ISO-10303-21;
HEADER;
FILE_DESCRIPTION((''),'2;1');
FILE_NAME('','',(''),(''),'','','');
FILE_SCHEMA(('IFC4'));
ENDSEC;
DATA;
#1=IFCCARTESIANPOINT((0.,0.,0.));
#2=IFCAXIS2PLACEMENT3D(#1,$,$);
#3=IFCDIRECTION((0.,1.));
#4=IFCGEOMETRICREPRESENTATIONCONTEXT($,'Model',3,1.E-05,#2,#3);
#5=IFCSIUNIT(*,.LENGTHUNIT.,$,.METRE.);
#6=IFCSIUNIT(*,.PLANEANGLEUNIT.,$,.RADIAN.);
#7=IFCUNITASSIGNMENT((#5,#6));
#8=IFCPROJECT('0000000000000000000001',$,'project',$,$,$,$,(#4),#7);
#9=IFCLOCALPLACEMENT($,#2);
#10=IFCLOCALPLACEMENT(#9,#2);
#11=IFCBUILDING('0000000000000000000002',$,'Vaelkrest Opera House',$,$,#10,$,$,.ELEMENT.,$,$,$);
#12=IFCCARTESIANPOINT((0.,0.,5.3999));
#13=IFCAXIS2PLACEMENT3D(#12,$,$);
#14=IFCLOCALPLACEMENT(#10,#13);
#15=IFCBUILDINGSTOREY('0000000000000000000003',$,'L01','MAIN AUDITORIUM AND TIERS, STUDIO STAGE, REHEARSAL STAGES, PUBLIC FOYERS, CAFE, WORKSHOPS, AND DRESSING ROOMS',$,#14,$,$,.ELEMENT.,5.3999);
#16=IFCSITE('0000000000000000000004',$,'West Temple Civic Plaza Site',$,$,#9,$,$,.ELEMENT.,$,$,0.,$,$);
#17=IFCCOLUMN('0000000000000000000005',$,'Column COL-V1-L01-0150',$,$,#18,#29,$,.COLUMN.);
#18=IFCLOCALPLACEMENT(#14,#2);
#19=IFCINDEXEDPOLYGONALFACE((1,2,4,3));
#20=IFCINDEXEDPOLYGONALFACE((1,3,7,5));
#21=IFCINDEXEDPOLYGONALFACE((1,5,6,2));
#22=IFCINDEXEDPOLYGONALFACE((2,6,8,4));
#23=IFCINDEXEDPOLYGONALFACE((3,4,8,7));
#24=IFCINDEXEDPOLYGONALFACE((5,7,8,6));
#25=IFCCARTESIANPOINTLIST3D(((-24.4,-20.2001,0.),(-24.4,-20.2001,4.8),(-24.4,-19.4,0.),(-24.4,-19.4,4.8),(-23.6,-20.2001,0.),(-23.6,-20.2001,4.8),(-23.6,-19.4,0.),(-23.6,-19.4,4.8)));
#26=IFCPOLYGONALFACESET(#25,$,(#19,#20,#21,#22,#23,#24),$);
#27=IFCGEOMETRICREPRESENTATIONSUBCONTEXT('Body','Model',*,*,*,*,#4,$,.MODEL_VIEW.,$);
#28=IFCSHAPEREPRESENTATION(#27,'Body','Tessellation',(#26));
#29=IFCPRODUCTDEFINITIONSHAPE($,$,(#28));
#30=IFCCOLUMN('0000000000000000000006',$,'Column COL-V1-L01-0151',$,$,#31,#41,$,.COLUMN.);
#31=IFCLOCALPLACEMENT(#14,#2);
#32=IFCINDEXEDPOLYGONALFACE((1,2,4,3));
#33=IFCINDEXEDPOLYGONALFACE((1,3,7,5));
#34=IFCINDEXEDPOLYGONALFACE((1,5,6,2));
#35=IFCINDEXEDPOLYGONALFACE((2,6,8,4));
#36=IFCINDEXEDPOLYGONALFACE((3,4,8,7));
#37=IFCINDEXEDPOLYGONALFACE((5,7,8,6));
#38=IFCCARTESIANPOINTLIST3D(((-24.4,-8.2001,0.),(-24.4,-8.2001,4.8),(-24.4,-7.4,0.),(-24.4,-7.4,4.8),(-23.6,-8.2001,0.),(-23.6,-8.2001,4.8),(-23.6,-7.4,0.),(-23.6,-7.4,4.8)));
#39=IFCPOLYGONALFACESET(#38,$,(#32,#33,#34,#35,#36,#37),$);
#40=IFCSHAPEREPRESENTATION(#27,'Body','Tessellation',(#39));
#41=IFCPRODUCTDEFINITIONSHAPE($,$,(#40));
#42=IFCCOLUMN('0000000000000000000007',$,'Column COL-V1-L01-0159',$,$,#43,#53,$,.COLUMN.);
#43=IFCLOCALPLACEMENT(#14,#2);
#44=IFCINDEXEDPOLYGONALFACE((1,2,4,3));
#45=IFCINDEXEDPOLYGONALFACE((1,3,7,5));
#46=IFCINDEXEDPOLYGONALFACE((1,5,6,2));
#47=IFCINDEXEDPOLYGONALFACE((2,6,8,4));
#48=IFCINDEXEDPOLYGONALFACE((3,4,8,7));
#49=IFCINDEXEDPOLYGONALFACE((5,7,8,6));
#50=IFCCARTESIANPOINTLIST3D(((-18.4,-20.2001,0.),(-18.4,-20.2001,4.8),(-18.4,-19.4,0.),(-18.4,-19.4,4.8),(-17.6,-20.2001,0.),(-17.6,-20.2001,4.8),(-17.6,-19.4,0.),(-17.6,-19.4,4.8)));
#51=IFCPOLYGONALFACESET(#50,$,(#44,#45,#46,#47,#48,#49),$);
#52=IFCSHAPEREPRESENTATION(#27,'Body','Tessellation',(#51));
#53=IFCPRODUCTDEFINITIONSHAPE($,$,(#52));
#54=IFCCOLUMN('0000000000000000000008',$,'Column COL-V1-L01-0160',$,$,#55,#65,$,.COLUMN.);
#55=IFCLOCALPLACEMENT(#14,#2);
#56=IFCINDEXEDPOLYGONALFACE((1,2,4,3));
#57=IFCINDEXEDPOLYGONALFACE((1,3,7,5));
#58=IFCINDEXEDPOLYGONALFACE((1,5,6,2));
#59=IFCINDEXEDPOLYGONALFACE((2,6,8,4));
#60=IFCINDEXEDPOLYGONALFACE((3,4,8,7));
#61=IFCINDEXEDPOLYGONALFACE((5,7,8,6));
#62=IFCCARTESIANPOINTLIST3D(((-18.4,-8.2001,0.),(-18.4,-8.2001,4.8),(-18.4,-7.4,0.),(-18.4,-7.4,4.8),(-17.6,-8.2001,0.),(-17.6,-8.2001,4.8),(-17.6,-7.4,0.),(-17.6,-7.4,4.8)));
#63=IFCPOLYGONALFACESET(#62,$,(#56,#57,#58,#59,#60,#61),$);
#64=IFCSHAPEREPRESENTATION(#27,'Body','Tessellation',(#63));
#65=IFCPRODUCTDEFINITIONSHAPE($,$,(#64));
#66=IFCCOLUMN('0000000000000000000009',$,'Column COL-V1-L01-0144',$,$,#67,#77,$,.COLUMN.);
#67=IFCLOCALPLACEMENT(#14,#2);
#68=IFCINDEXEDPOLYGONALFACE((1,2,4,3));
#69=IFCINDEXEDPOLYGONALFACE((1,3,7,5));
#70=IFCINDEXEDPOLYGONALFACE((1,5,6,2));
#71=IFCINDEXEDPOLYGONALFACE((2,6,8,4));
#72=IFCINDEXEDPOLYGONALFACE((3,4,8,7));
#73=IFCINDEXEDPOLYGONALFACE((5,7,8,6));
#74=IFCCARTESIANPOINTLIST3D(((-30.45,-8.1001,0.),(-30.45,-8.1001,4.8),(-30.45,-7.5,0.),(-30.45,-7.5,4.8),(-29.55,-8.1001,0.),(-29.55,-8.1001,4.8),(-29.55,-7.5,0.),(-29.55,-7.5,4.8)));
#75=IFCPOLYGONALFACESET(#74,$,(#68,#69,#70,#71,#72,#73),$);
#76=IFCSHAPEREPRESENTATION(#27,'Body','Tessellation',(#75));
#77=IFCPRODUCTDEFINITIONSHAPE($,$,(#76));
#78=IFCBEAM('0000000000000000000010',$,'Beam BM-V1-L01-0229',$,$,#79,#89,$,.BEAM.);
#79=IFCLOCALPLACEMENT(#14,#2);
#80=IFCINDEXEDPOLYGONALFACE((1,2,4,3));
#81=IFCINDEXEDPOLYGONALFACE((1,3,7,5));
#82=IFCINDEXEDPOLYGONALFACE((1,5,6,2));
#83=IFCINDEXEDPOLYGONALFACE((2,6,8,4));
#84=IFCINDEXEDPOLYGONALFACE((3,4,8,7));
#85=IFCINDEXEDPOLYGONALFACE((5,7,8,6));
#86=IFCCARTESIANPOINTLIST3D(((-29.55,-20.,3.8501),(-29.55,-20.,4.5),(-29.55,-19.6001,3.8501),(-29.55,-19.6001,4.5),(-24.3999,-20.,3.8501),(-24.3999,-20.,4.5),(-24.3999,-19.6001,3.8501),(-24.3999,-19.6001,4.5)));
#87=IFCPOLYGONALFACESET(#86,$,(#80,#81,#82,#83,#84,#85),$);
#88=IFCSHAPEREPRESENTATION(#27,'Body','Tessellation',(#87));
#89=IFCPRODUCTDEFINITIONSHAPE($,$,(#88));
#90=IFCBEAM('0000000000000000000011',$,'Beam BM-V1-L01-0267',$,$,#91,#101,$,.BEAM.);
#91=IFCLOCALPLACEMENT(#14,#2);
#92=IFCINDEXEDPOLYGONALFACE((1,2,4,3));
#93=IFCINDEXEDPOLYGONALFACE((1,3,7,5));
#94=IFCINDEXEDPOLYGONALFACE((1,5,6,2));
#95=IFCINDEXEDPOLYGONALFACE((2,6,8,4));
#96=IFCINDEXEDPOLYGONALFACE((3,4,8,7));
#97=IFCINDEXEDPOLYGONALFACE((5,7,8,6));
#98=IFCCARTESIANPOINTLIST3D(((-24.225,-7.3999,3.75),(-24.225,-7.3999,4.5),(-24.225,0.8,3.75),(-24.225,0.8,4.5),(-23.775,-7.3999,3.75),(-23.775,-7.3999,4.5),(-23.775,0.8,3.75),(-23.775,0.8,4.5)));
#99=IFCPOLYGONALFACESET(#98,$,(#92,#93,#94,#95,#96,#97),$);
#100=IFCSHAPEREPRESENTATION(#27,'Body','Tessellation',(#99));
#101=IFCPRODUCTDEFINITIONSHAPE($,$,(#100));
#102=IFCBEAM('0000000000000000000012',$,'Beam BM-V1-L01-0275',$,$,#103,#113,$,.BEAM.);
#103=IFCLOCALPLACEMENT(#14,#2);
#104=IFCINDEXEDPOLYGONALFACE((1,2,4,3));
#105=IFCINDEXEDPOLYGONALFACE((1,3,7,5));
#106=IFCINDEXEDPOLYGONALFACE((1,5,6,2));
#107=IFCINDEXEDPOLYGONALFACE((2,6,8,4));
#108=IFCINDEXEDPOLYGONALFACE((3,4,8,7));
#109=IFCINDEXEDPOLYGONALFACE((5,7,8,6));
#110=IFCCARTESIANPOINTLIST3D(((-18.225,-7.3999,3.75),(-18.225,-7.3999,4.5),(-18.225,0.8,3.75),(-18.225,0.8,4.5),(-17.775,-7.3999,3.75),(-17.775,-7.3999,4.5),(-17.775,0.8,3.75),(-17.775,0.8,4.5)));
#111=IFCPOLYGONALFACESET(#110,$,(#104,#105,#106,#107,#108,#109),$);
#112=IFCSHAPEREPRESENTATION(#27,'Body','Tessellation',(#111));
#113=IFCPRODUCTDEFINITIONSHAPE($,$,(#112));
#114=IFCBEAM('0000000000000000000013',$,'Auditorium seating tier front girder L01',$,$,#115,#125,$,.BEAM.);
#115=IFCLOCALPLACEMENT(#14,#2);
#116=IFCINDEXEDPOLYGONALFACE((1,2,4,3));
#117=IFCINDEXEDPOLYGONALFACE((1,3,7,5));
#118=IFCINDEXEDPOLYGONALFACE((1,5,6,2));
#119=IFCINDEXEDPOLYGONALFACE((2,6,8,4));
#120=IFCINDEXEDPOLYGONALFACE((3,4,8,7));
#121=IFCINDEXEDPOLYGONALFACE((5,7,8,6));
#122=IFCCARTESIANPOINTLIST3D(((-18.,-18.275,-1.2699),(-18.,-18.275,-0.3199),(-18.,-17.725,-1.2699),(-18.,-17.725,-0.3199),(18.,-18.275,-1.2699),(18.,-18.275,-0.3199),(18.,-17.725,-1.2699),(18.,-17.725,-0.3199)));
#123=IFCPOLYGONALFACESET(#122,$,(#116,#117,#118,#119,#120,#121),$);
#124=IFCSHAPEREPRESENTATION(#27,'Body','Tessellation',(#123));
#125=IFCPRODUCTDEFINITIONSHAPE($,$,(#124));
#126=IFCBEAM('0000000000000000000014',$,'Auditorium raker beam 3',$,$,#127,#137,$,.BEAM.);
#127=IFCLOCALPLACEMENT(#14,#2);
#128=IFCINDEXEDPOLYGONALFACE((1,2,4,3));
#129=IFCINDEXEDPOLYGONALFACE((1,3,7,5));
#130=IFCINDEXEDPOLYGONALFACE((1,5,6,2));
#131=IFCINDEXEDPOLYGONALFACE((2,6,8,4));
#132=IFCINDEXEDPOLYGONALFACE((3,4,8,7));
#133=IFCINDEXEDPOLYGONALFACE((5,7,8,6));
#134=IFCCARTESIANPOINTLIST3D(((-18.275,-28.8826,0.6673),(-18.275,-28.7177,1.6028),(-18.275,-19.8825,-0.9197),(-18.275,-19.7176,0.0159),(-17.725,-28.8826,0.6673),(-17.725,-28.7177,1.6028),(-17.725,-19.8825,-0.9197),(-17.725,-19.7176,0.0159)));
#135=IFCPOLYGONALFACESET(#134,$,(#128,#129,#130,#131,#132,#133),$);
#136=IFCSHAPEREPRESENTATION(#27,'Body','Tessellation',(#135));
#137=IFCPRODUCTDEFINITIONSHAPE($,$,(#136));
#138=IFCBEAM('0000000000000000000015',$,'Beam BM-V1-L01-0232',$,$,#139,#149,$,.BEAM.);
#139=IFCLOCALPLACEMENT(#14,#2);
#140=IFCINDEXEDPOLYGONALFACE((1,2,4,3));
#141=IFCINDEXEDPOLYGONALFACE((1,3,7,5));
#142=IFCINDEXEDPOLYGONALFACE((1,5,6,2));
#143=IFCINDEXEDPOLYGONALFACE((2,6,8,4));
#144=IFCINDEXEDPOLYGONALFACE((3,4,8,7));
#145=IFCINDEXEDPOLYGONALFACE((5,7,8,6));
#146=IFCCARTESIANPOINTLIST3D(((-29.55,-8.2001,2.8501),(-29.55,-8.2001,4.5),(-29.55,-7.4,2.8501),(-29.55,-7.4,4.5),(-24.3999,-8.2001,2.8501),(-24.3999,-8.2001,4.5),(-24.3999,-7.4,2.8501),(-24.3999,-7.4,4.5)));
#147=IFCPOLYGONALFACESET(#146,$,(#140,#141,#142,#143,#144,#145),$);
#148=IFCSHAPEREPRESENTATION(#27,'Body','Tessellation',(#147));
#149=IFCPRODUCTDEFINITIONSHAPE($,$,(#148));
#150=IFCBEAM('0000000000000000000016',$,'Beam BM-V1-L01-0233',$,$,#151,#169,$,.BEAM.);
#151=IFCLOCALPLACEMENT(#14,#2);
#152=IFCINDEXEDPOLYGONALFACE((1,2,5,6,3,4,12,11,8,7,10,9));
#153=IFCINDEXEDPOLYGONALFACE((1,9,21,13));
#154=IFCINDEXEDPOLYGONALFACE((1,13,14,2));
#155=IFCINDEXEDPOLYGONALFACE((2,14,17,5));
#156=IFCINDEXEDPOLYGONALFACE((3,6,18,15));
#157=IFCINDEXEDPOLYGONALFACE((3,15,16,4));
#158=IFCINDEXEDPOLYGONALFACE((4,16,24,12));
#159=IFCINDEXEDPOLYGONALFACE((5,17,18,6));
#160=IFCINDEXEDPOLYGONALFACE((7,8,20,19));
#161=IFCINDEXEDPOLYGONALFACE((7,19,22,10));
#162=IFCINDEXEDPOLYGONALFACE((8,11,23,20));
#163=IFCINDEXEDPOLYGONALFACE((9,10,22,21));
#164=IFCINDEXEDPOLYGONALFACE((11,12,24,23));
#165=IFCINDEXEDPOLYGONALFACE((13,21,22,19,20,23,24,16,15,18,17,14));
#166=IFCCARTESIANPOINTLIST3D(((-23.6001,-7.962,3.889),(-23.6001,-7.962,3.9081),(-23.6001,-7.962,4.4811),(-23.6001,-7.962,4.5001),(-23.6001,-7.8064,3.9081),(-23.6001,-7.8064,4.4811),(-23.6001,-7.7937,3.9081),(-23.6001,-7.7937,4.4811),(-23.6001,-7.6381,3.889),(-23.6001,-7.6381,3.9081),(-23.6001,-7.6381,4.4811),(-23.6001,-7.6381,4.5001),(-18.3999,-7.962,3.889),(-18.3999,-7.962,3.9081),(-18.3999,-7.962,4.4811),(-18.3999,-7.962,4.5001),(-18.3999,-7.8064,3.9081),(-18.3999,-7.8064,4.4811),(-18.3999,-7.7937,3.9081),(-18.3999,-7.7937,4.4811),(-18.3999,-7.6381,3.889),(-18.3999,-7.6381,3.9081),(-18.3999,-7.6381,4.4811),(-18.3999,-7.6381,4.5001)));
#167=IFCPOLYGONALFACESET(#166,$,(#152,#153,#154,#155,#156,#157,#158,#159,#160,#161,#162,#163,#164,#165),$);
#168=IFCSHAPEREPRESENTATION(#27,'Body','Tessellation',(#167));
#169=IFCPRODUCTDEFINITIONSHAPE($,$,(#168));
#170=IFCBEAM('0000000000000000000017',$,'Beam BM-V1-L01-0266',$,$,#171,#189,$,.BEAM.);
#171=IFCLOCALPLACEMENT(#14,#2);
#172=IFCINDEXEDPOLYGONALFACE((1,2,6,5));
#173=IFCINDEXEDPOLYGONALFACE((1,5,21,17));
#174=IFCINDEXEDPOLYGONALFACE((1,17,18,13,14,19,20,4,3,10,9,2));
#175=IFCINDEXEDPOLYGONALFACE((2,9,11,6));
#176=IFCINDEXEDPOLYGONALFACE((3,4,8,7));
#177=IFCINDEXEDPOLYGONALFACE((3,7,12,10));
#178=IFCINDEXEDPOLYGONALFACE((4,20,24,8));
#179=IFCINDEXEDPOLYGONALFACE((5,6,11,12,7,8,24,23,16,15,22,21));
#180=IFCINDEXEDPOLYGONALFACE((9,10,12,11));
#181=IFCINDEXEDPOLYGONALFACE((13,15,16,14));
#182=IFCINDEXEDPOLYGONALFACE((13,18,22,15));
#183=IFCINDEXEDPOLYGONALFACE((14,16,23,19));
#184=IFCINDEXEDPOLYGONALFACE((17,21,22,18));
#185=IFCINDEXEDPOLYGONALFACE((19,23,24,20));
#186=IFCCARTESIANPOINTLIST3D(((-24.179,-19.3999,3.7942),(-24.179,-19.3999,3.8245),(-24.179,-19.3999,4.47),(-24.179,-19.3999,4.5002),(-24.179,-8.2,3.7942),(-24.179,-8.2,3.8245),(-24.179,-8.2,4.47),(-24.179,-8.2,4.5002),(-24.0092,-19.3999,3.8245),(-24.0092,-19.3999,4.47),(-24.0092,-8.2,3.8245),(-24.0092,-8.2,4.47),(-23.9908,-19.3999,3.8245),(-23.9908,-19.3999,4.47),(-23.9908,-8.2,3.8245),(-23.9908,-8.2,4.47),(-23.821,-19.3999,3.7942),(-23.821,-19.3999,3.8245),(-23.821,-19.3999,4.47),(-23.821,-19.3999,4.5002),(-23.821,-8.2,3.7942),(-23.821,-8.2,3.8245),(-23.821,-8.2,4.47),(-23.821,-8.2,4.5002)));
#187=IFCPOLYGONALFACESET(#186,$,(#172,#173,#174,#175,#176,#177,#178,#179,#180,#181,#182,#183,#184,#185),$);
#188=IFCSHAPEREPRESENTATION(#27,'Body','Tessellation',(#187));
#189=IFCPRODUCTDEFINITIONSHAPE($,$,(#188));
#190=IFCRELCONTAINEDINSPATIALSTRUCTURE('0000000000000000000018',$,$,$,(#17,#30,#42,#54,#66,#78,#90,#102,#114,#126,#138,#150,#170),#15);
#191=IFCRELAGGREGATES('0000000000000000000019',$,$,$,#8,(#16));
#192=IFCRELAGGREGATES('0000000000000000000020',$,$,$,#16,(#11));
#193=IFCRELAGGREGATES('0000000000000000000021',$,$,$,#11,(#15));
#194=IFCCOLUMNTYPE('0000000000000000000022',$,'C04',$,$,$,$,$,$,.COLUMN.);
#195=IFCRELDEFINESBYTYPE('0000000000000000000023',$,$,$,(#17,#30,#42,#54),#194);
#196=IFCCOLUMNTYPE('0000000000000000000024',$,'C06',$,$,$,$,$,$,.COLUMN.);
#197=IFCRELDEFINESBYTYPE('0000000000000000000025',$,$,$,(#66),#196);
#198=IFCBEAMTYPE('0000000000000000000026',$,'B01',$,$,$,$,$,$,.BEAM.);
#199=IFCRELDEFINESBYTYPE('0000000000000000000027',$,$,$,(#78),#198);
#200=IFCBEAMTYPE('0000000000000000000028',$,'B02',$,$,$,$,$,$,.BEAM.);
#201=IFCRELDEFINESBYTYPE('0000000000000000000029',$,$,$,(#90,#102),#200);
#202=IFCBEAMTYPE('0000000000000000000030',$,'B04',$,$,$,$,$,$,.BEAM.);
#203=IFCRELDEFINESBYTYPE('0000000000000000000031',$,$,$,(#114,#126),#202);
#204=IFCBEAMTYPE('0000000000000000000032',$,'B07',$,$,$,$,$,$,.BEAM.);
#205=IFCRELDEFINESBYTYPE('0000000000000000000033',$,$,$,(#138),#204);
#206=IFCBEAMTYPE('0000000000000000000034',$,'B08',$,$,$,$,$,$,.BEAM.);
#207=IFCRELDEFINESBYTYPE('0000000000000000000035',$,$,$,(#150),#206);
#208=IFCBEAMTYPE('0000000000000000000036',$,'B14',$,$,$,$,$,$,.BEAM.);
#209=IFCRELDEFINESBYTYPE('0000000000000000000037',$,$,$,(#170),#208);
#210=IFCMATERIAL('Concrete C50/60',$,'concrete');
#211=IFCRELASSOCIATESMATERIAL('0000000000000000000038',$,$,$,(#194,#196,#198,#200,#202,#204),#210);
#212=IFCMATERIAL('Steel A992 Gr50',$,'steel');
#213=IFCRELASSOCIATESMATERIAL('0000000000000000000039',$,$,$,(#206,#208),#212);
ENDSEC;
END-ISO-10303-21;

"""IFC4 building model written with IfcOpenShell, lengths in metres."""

from ifc_helpers import new_model, si_unit, direction, frame, origin, origin_2d, place, context, subcontext, project, spatial, rectangle, i_section, extrude, material, material_profile, profile_set, type_object, element, save


model = new_model("IFC4")

# Units and contexts
model_context = context("Model", 3, precision=1e-05, world=origin(), true_north=direction((0.0, 1.0)))
body_context = subcontext(model_context, "Body", "Model", "MODEL_VIEW")
ifc_project = project(units=[si_unit("LENGTHUNIT", "METRE"), si_unit("PLANEANGLEUNIT", "RADIAN")], contexts=[model_context])

# Site, building, storey
site_placement = place(None, origin())
site = spatial("IfcSite", under=ifc_project, at=site_placement, Name="West Temple Civic Plaza Site", CompositionType="ELEMENT", RefElevation=0.0)
building_placement = place(site_placement, origin())
building = spatial("IfcBuilding", under=site, at=building_placement, Name="Vaelkrest Opera House", CompositionType="ELEMENT")
storey_placement = place(building_placement, frame((0.0, 0.0, 5.3999)))
storey = spatial("IfcBuildingStorey", under=building, at=storey_placement, Name="L01", Description="MAIN AUDITORIUM AND TIERS, STUDIO STAGE, REHEARSAL STAGES, PUBLIC FOYERS, CAFE, WORKSHOPS, AND DRESSING ROOMS", CompositionType="ELEMENT", Elevation=5.3999)

# Columns
ifc_material_1 = material(Name="Concrete C50/60", Category="concrete")
ifc_material_profile_1 = material_profile(ifc_material_1, rectangle(XDim=0.8, YDim=0.8, at=origin_2d()), Name="RC800X800")
ifc_profile_set_1 = profile_set([ifc_material_profile_1], Name="Concrete C50/60")
column_type_1 = type_object("IfcColumnType", Name="C04", PredefinedType="COLUMN", material=ifc_profile_set_1)
for number, where, z_axis, x_axis, name in (
    (1, (-24.0, -19.8, 0.0), (0.0, 0.0, 1.0), (1.0, 0.0, 0.0), "Column COL-V1-L01-0150"),
    (2, (-24.0, -7.8, 0.0), (0.0, 0.0, 1.0), (1.0, 0.0, 0.0), "Column COL-V1-L01-0151"),
    (3, (-18.0, -19.8, 0.0), (0.0, 0.0, 1.0), (1.0, 0.0, 0.0), "Column COL-V1-L01-0159"),
    (4, (-18.0, -7.8, 0.0), (0.0, 0.0, 1.0), (1.0, 0.0, 0.0), "Column COL-V1-L01-0160"),
):
    element("IfcColumn", number, at=place(storey_placement, frame(where, z_axis=z_axis, x_axis=x_axis)), inside=storey, type_object=column_type_1, Name=name, PredefinedType="COLUMN", context=body_context, shape_type="SweptSolid", body=[
        extrude(rectangle(XDim=0.8, YDim=0.8, at=origin_2d()), origin(), (0.0, 0.0, 1.0), 4.8),
    ])
ifc_material_profile_2 = material_profile(ifc_material_1, rectangle(XDim=0.6001, YDim=0.8999, at=origin_2d()), Name="RC600X900")
ifc_profile_set_2 = profile_set([ifc_material_profile_2], Name="Concrete C50/60")
column_type_2 = type_object("IfcColumnType", Name="C06", PredefinedType="COLUMN", material=ifc_profile_set_2)
column_placement = place(storey_placement, frame((-30.0, -7.8, 0.0), z_axis=(0.0, 0.0, 1.0), x_axis=(0.0, 1.0, 0.0)))
element("IfcColumn", 5, at=column_placement, inside=storey, type_object=column_type_2, Name="Column COL-V1-L01-0144", PredefinedType="COLUMN", context=body_context, shape_type="SweptSolid", body=[
    extrude(rectangle(XDim=0.6001, YDim=0.8999, at=origin_2d()), origin(), (0.0, 0.0, 1.0), 4.8),
])

# Beams
ifc_material_profile_3 = material_profile(ifc_material_1, rectangle(XDim=0.3999, YDim=0.6499, at=origin_2d()), Name="RCB400X650")
ifc_profile_set_3 = profile_set([ifc_material_profile_3], Name="Concrete C50/60")
beam_type_1 = type_object("IfcBeamType", Name="B01", PredefinedType="BEAM", material=ifc_profile_set_3)
beam_1_placement = place(storey_placement, frame((-29.55, -19.8, 4.175), z_axis=(1.0, 0.0, 0.0), x_axis=(0.0, 1.0, 0.0)))
element("IfcBeam", 6, at=beam_1_placement, inside=storey, type_object=beam_type_1, Name="Beam BM-V1-L01-0229", PredefinedType="BEAM", context=body_context, shape_type="SweptSolid", body=[
    extrude(rectangle(XDim=0.3999, YDim=0.6499, at=origin_2d()), origin(), (0.0, 0.0, 1.0), 5.1501),
])
ifc_material_profile_4 = material_profile(ifc_material_1, rectangle(XDim=0.45, YDim=0.75, at=origin_2d()), Name="RCB450X750")
ifc_profile_set_4 = profile_set([ifc_material_profile_4], Name="Concrete C50/60")
beam_type_2 = type_object("IfcBeamType", Name="B02", PredefinedType="BEAM", material=ifc_profile_set_4)
for number, where, z_axis, x_axis, name in (
    (7, (-24.0, -7.3999, 4.125), (0.0, 1.0, 0.0), (-1.0, 0.0, 0.0), "Beam BM-V1-L01-0267"),
    (8, (-18.0, -7.3999, 4.125), (0.0, 1.0, 0.0), (-1.0, 0.0, 0.0), "Beam BM-V1-L01-0275"),
):
    element("IfcBeam", number, at=place(storey_placement, frame(where, z_axis=z_axis, x_axis=x_axis)), inside=storey, type_object=beam_type_2, Name=name, PredefinedType="BEAM", context=body_context, shape_type="SweptSolid", body=[
        extrude(rectangle(XDim=0.45, YDim=0.75, at=origin_2d()), origin(), (0.0, 0.0, 1.0), 8.2),
    ])
ifc_material_profile_5 = material_profile(ifc_material_1, rectangle(XDim=0.55, YDim=0.95, at=origin_2d()), Name="RCB550X950")
ifc_profile_set_5 = profile_set([ifc_material_profile_5], Name="Concrete C50/60")
beam_type_3 = type_object("IfcBeamType", Name="B04", PredefinedType="BEAM", material=ifc_profile_set_5)
beam_2_placement = place(storey_placement, frame((-18.0, -18.0, -0.7949), z_axis=(1.0, 0.0, 0.0), x_axis=(0.0, 1.0, 0.0)))
element("IfcBeam", 9, at=beam_2_placement, inside=storey, type_object=beam_type_3, Name="Auditorium seating tier front girder L01", PredefinedType="BEAM", context=body_context, shape_type="SweptSolid", body=[
    extrude(rectangle(XDim=0.55, YDim=0.95, at=origin_2d()), origin(), (0.0, 0.0, 1.0), 36.0),
])
beam_3_placement = place(storey_placement, frame((-18.0, -19.8, -0.4519), z_axis=(0.0, -0.984808, 0.173645), x_axis=(1.0, 0.0, 0.0)))
element("IfcBeam", 10, at=beam_3_placement, inside=storey, type_object=beam_type_3, Name="Auditorium raker beam 3", PredefinedType="BEAM", context=body_context, shape_type="SweptSolid", body=[
    extrude(rectangle(XDim=0.55, YDim=0.95, at=origin_2d()), origin(), (0.0, 0.0, 1.0), 9.1389),
])
ifc_material_profile_6 = material_profile(ifc_material_1, rectangle(XDim=0.8, YDim=1.6499, at=origin_2d()), Name="RCB800X1650")
ifc_profile_set_6 = profile_set([ifc_material_profile_6], Name="Concrete C50/60")
beam_type_4 = type_object("IfcBeamType", Name="B07", PredefinedType="BEAM", material=ifc_profile_set_6)
beam_4_placement = place(storey_placement, frame((-29.55, -7.8, 3.675), z_axis=(1.0, 0.0, 0.0), x_axis=(0.0, 1.0, 0.0)))
element("IfcBeam", 11, at=beam_4_placement, inside=storey, type_object=beam_type_4, Name="Beam BM-V1-L01-0232", PredefinedType="BEAM", context=body_context, shape_type="SweptSolid", body=[
    extrude(rectangle(XDim=0.8, YDim=1.6499, at=origin_2d()), origin(), (0.0, 0.0, 1.0), 5.1501),
])
ifc_material_2 = material(Name="Steel A992 Gr50", Category="steel")
ifc_material_profile_7 = material_profile(ifc_material_2, i_section(OverallWidth=0.324, OverallDepth=0.6111, WebThickness=0.0127, FlangeThickness=0.019, at=origin_2d()), Name="W24X104")
ifc_profile_set_7 = profile_set([ifc_material_profile_7], Name="Steel A992 Gr50")
beam_type_5 = type_object("IfcBeamType", Name="B08", PredefinedType="BEAM", material=ifc_profile_set_7)
beam_5_placement = place(storey_placement, frame((-23.6001, -7.8, 4.1946), z_axis=(1.0, 0.0, 0.0), x_axis=(0.0, 1.0, 0.0)))
element("IfcBeam", 12, at=beam_5_placement, inside=storey, type_object=beam_type_5, Name="Beam BM-V1-L01-0233", PredefinedType="BEAM", context=body_context, shape_type="SweptSolid", body=[
    extrude(i_section(OverallWidth=0.324, OverallDepth=0.6111, WebThickness=0.0127, FlangeThickness=0.019, at=origin_2d()), origin(), (0.0, 0.0, 1.0), 5.2002),
])
ifc_material_profile_8 = material_profile(ifc_material_2, i_section(OverallWidth=0.3579, OverallDepth=0.7061, WebThickness=0.0183, FlangeThickness=0.0303, at=origin_2d()), Name="W27X178")
ifc_profile_set_8 = profile_set([ifc_material_profile_8], Name="Steel A992 Gr50")
beam_type_6 = type_object("IfcBeamType", Name="B14", PredefinedType="BEAM", material=ifc_profile_set_8)
for number, where, z_axis, x_axis, name in (
    (13, (-24.0, -19.3999, 4.1472), (0.0, 1.0, 0.0), (-1.0, 0.0, 0.0), "Beam BM-V1-L01-0266"),
):
    element("IfcBeam", number, at=place(storey_placement, frame(where, z_axis=z_axis, x_axis=x_axis)), inside=storey, type_object=beam_type_6, Name=name, PredefinedType="BEAM", context=body_context, shape_type="SweptSolid", body=[
        extrude(i_section(OverallWidth=0.3579, OverallDepth=0.7061, WebThickness=0.0183, FlangeThickness=0.0303, at=origin_2d()), origin(), (0.0, 0.0, 1.0), 11.2),
    ])

save(model, "model.ifc")
